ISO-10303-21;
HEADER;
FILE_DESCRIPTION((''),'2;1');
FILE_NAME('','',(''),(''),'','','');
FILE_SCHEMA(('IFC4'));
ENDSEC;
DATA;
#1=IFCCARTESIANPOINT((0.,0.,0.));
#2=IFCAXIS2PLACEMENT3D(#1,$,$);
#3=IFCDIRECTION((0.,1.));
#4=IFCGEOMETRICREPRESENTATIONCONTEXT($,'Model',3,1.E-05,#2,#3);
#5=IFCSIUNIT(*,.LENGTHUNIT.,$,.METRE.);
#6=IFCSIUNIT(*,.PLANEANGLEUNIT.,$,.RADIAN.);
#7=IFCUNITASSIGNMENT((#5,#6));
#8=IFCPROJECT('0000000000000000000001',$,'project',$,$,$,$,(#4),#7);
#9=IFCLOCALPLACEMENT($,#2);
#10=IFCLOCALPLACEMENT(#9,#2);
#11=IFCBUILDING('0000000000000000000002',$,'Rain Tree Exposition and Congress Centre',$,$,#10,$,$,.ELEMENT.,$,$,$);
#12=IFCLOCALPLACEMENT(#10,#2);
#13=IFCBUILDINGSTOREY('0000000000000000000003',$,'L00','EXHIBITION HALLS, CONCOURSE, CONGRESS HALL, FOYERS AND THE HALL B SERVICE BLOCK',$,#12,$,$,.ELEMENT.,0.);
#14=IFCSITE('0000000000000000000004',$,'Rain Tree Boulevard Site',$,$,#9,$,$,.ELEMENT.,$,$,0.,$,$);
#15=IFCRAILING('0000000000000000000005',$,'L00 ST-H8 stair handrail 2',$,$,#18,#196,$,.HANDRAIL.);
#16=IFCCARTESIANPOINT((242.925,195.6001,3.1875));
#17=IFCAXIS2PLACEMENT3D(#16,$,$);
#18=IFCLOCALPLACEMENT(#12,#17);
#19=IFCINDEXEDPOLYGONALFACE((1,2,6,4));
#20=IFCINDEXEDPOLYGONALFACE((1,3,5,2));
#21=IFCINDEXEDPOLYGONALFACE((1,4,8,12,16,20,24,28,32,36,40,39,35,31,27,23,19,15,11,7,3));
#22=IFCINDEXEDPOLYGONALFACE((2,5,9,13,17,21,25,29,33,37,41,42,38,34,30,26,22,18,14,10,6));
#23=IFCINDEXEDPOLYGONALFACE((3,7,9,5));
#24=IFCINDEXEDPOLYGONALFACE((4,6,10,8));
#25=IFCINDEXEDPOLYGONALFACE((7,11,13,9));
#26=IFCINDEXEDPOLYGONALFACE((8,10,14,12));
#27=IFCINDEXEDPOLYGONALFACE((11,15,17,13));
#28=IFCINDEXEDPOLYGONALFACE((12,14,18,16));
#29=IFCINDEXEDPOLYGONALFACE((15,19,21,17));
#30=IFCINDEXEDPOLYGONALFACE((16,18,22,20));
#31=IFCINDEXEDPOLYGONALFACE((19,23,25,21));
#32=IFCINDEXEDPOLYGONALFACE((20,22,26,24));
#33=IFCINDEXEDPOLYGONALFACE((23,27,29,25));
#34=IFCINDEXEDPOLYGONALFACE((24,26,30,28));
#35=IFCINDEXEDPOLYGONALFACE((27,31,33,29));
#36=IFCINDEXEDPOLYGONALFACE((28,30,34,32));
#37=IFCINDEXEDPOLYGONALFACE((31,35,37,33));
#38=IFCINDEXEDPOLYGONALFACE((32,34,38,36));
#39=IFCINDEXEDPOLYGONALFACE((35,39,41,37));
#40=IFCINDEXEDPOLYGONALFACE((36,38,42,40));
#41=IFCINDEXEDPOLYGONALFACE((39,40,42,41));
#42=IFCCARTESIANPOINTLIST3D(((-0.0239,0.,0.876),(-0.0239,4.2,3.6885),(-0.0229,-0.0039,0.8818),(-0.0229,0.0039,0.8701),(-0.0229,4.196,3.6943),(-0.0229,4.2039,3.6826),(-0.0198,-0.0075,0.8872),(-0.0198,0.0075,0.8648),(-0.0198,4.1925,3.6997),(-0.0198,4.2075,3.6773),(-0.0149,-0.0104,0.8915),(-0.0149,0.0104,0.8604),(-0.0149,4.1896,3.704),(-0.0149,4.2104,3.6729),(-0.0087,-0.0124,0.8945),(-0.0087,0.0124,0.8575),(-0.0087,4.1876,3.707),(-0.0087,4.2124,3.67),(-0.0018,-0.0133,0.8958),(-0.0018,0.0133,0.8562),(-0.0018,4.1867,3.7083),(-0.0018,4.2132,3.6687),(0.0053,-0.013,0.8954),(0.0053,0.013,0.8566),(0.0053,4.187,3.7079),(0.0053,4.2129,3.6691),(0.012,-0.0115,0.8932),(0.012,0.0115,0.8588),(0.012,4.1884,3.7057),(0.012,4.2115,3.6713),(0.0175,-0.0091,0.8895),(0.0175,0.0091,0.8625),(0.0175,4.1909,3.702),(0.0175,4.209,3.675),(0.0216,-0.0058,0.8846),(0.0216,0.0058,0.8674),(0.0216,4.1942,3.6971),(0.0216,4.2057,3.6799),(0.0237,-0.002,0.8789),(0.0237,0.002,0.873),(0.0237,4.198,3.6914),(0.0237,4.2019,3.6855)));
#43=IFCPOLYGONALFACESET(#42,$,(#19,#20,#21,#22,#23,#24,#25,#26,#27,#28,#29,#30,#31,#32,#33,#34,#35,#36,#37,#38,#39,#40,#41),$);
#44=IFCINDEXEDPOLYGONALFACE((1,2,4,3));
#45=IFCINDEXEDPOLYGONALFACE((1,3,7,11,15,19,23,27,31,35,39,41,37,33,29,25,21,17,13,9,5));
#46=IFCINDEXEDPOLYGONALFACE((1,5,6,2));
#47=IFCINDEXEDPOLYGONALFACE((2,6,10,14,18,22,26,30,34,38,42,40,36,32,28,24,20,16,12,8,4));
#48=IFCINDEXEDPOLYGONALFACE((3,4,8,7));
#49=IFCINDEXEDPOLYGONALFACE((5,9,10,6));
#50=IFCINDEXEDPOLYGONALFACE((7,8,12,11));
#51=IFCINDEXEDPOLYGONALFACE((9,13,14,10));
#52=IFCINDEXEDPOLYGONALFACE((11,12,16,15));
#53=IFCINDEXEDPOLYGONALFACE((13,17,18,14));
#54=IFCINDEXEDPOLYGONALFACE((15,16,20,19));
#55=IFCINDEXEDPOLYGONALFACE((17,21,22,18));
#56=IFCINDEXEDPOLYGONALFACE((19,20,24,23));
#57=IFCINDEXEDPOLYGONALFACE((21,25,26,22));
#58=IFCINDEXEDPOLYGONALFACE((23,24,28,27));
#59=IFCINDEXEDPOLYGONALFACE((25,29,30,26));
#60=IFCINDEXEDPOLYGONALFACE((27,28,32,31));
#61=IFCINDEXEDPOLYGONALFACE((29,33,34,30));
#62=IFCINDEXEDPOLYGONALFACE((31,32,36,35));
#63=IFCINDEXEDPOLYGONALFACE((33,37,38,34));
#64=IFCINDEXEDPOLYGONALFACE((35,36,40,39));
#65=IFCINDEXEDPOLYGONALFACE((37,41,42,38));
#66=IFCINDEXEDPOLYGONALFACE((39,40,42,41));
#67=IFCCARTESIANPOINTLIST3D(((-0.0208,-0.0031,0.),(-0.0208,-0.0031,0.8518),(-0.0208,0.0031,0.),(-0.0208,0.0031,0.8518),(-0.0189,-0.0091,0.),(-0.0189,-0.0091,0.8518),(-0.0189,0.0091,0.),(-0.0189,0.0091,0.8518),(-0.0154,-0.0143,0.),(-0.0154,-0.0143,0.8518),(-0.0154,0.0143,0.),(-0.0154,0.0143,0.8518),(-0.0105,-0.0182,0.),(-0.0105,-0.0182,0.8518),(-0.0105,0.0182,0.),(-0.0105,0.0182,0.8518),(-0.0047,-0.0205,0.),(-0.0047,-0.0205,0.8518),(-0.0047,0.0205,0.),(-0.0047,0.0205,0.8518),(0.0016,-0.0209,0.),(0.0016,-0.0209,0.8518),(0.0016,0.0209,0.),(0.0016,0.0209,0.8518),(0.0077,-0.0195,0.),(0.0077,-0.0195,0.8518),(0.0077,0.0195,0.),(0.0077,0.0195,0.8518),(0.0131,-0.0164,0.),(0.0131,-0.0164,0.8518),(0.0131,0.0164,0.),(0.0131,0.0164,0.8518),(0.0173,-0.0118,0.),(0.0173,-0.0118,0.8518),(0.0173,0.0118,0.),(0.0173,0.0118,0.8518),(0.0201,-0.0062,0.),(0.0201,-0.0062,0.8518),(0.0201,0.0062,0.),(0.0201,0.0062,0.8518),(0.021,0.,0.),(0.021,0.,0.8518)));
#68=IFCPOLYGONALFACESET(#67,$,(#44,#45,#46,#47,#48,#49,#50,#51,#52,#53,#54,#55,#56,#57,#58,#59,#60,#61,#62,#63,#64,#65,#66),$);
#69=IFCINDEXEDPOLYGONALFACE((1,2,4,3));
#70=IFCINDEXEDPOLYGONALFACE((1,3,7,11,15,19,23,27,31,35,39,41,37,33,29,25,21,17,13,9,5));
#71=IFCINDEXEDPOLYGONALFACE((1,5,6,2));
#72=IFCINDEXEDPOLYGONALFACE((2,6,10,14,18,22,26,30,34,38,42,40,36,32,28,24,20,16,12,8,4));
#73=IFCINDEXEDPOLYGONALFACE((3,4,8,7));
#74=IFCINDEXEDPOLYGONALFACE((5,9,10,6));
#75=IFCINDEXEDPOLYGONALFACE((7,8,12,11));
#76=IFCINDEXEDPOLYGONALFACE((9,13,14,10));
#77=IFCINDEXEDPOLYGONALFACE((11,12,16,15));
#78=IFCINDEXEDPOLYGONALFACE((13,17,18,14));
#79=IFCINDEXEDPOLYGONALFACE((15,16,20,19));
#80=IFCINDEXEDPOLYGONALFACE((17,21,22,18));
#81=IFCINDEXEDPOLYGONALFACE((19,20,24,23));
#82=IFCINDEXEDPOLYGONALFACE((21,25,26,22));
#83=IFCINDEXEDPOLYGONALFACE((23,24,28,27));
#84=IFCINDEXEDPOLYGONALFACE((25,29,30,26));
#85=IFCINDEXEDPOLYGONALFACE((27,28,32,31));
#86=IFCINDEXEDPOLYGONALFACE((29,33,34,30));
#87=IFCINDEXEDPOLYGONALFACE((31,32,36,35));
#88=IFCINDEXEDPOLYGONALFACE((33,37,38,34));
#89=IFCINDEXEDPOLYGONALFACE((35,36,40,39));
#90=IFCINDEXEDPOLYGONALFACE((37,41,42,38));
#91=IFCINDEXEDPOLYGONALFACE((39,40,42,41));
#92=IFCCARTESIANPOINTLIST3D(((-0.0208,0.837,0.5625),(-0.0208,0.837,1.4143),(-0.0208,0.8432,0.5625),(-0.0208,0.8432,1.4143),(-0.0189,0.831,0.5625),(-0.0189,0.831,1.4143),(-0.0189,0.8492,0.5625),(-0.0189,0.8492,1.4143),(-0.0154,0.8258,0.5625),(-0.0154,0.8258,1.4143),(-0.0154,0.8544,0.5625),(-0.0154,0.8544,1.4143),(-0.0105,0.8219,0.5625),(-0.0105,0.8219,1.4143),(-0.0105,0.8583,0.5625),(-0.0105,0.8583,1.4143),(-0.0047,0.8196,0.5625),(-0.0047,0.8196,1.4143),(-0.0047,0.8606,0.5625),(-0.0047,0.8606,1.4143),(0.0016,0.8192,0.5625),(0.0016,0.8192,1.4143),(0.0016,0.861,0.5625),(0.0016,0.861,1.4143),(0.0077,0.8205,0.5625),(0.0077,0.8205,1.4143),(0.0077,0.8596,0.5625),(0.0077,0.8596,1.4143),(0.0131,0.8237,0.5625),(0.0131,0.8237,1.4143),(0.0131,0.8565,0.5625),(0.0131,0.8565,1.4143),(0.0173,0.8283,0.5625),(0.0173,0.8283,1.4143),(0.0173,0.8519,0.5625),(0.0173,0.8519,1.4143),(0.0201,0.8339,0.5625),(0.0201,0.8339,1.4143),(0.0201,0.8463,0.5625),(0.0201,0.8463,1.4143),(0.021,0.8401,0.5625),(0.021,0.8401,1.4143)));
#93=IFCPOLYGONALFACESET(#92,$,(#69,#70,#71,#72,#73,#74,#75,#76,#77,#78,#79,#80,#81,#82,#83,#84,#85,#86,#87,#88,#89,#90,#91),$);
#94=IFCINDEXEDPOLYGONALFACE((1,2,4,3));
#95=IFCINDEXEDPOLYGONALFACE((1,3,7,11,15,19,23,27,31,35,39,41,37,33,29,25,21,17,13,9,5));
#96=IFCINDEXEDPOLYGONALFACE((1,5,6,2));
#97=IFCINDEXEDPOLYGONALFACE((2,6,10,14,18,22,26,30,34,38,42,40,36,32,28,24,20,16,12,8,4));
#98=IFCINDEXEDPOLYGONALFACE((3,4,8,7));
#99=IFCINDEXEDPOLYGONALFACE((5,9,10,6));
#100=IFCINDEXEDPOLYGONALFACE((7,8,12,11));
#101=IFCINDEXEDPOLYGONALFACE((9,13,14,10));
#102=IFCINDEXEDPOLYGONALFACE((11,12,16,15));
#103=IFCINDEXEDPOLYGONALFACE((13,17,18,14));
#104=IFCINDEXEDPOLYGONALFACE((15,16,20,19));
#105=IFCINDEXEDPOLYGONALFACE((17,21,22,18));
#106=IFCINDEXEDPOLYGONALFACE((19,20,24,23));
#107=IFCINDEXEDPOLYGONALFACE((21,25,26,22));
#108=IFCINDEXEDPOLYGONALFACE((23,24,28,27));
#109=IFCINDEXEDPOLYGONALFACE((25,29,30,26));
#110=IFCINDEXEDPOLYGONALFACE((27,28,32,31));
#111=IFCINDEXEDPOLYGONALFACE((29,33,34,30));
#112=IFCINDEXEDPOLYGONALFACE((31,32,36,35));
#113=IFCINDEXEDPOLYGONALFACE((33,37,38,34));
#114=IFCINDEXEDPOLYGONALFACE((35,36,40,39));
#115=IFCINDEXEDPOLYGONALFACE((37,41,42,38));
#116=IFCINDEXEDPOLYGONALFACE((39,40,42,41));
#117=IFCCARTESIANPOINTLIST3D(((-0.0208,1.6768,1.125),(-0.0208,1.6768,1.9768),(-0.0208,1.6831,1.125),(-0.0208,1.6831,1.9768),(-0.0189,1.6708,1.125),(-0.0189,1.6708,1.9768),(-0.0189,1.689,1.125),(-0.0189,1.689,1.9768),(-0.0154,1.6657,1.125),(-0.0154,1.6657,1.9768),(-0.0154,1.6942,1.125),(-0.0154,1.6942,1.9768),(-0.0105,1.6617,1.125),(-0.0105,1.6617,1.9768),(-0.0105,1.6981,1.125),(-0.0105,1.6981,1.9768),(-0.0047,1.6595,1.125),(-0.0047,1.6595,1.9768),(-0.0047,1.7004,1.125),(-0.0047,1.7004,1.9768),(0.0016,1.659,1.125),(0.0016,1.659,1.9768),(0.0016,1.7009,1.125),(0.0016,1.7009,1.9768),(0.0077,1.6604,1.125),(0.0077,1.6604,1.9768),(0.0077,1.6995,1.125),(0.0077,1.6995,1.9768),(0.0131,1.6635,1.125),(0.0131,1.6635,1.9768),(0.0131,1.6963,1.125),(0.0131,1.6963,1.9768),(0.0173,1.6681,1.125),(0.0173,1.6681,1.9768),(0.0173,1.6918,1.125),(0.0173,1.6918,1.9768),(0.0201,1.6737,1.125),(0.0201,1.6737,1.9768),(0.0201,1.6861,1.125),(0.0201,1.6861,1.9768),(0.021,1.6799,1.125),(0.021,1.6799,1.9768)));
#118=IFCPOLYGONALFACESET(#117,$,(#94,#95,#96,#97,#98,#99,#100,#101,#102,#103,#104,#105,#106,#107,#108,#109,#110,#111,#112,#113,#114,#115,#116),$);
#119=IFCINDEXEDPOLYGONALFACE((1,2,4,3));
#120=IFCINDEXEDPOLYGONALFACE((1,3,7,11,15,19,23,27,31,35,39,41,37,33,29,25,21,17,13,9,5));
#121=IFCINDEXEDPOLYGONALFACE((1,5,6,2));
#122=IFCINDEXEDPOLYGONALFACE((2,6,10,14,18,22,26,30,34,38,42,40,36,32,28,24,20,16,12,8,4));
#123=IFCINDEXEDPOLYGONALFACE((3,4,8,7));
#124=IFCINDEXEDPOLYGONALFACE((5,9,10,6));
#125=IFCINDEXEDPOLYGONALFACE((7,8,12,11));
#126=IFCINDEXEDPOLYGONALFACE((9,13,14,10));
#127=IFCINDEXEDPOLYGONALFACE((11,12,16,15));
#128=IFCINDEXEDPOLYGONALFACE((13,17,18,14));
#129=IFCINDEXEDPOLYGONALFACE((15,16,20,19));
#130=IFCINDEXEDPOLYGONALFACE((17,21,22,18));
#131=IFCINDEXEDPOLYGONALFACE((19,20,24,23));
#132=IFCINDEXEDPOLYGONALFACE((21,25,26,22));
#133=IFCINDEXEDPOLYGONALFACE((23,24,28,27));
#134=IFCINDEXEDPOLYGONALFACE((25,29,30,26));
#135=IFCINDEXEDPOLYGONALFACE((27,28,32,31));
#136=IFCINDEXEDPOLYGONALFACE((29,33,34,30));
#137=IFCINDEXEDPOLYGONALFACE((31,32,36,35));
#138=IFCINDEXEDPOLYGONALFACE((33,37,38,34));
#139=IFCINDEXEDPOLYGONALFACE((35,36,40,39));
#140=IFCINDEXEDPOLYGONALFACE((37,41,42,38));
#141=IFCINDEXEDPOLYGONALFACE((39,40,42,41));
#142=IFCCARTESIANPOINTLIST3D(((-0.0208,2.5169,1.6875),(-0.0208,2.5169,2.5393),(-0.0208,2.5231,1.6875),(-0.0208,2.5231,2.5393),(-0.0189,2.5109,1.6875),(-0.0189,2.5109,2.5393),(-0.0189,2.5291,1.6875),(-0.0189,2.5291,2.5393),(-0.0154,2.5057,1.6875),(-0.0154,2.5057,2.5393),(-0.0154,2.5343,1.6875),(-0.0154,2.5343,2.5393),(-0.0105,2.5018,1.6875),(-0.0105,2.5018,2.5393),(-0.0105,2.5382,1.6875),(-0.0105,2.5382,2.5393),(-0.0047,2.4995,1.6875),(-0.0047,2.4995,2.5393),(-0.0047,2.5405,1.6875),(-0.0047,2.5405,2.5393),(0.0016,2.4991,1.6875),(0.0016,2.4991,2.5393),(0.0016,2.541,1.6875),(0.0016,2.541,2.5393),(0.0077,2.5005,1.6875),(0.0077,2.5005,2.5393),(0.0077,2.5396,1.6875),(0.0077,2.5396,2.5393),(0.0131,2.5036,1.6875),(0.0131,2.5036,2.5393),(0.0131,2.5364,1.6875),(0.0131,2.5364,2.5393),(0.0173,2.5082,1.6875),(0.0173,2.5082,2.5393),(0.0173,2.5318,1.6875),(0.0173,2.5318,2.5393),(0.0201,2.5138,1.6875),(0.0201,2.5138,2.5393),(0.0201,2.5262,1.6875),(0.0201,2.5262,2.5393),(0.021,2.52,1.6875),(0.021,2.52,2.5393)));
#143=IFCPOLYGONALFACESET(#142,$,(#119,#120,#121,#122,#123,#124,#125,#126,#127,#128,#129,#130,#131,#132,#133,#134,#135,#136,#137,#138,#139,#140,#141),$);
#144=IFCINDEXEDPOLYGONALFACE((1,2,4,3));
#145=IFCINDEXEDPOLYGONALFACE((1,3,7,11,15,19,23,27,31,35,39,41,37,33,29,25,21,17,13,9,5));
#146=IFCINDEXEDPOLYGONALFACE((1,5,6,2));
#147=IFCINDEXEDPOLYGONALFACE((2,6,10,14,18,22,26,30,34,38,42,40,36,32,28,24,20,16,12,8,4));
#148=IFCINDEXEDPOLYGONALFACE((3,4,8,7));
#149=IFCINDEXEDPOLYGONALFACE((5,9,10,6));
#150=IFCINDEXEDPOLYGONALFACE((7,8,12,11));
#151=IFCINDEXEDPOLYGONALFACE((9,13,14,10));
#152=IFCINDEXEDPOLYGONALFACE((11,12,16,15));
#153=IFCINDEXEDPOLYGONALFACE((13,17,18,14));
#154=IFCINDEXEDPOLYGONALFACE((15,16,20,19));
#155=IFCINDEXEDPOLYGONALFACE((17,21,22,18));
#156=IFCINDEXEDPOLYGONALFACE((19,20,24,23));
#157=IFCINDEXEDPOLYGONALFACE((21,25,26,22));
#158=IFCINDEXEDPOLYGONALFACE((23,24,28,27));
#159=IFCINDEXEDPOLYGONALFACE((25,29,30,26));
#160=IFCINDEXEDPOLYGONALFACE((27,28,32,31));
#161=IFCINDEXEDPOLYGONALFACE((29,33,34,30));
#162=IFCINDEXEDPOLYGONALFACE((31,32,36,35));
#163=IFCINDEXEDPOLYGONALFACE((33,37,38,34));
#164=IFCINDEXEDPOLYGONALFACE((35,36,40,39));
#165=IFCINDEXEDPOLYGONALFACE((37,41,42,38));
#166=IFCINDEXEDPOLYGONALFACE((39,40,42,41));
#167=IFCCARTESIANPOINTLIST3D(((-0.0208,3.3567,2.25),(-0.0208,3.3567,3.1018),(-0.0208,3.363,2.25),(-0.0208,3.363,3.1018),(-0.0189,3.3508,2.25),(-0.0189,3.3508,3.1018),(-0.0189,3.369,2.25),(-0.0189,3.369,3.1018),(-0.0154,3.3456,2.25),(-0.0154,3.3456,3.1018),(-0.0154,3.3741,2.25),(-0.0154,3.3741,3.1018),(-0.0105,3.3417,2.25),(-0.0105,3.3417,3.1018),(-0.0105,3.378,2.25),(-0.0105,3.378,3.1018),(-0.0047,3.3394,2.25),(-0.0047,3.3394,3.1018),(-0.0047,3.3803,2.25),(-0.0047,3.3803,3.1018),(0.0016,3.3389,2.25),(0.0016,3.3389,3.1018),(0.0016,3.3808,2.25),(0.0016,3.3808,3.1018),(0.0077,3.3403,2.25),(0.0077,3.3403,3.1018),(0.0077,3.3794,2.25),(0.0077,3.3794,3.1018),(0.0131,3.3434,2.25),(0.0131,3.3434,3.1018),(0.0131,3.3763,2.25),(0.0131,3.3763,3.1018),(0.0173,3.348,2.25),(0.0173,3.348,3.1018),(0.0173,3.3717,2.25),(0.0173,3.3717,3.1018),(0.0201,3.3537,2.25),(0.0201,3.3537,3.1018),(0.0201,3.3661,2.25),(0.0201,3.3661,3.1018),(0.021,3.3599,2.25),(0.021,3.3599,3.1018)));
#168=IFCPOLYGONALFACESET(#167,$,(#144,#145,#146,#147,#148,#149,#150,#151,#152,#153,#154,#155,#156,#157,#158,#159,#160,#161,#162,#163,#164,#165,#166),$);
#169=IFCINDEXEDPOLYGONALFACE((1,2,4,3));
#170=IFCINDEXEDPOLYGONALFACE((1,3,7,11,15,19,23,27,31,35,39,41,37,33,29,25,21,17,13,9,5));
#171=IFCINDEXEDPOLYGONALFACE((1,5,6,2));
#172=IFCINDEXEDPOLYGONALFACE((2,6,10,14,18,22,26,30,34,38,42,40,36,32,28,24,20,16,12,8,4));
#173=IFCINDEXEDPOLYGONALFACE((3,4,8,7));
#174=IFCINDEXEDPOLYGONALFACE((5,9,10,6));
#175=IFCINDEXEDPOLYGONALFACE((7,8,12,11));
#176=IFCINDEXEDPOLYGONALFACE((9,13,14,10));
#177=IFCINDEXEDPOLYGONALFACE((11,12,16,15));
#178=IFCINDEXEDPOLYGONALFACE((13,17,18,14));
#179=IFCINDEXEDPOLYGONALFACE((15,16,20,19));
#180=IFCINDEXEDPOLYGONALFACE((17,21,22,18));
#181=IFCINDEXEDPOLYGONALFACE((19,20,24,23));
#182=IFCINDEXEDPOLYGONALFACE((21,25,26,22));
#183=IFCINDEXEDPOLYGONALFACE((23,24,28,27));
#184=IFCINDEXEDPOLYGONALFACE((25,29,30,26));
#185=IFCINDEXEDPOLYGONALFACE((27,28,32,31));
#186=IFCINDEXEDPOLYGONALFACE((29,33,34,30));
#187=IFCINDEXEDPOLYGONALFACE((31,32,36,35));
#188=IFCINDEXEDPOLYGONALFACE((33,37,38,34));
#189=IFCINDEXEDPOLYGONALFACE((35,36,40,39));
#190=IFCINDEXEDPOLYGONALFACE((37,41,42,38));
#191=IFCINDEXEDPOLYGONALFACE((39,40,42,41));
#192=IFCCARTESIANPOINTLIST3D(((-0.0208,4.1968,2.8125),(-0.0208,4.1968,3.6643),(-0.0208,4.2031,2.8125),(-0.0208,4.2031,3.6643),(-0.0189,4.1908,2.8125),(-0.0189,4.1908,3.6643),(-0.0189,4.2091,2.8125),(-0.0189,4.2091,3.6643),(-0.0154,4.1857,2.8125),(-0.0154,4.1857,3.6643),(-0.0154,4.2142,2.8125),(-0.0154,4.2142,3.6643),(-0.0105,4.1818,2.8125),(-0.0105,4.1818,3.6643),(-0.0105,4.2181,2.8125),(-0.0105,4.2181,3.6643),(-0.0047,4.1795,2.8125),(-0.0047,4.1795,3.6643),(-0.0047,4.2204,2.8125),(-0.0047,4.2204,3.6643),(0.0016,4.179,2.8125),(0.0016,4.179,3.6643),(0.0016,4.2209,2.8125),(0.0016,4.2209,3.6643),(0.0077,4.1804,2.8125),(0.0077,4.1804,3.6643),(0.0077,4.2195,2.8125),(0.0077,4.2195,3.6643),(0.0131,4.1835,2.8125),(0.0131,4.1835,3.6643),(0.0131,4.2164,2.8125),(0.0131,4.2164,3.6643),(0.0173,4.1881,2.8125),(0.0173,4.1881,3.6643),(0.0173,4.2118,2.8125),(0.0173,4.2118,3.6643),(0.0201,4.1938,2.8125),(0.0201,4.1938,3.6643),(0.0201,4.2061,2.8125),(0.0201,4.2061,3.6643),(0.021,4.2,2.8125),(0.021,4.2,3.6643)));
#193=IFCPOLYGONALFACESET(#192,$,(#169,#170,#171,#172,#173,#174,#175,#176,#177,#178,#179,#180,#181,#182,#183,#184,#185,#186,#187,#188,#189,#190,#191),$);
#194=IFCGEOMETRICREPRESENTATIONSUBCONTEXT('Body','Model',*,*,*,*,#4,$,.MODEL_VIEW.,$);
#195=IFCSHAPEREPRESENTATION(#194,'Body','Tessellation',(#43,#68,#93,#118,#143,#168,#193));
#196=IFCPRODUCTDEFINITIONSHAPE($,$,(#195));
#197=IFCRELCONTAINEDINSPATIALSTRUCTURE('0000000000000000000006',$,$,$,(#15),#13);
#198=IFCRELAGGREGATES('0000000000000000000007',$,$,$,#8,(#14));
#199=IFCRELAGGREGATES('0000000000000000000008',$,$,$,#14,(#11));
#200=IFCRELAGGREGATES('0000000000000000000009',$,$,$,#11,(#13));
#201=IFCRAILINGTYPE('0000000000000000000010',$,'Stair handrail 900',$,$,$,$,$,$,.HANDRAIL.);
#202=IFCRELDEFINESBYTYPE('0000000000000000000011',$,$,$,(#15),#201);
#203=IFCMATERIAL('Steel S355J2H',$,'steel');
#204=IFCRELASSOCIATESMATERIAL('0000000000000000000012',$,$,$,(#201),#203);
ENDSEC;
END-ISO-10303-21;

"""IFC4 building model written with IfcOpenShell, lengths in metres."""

from ifc_helpers import new_model, si_unit, direction, frame, origin, origin_2d, place, context, subcontext, project, spatial, circle, extrude, material, type_object, element, save


model = new_model("IFC4")

# Units and contexts
model_context = context("Model", 3, precision=1e-05, world=origin(), true_north=direction((0.0, 1.0)))
body_context = subcontext(model_context, "Body", "Model", "MODEL_VIEW")
ifc_project = project(units=[si_unit("LENGTHUNIT", "METRE"), si_unit("PLANEANGLEUNIT", "RADIAN")], contexts=[model_context])

# Site, building, storey
site_placement = place(None, origin())
site = spatial("IfcSite", under=ifc_project, at=site_placement, Name="Rain Tree Boulevard Site", CompositionType="ELEMENT", RefElevation=0.0)
building_placement = place(site_placement, origin())
building = spatial("IfcBuilding", under=site, at=building_placement, Name="Rain Tree Exposition and Congress Centre", CompositionType="ELEMENT")
storey_placement = place(building_placement, origin())
storey = spatial("IfcBuildingStorey", under=building, at=storey_placement, Name="L00", Description="EXHIBITION HALLS, CONCOURSE, CONGRESS HALL, FOYERS AND THE HALL B SERVICE BLOCK", CompositionType="ELEMENT", Elevation=0.0)

# Railing
ifc_material_1 = material(Name="Steel S355J2H", Category="steel")
railing_type_1 = type_object("IfcRailingType", Name="Stair handrail 900", PredefinedType="HANDRAIL", material=ifc_material_1)
railing_1_placement = place(storey_placement, frame((242.925, 195.6001, 3.1875)))
element("IfcRailing", 1, at=railing_1_placement, inside=storey, type_object=railing_type_1, Name="L00 ST-H8 stair handrail 2", PredefinedType="HANDRAIL", context=body_context, shape_type="SweptSolid", body=[
    extrude(circle(Radius=0.0239, at=origin_2d()), frame((0.0, 0.0, 0.876), z_axis=(0.0, 0.830904, 0.556416), x_axis=(-1.0, 0.0, 0.0)), (0.0, 0.0, 1.0), 5.0547),
    extrude(circle(Radius=0.021, at=origin_2d()), origin(), (0.0, 0.0, 1.0), 0.8518),
    extrude(circle(Radius=0.021, at=origin_2d()), frame((0.0, 0.8401, 0.5625)), (0.0, 0.0, 1.0), 0.8518),
    extrude(circle(Radius=0.021, at=origin_2d()), frame((0.0, 1.6799, 1.125)), (0.0, 0.0, 1.0), 0.8518),
    extrude(circle(Radius=0.021, at=origin_2d()), frame((0.0, 2.52, 1.6875)), (0.0, 0.0, 1.0), 0.8518),
    extrude(circle(Radius=0.021, at=origin_2d()), frame((0.0, 3.3599, 2.25)), (0.0, 0.0, 1.0), 0.8518),
    extrude(circle(Radius=0.021, at=origin_2d()), frame((0.0, 4.2, 2.8125)), (0.0, 0.0, 1.0), 0.8518),
])

save(model, "model.ifc")
